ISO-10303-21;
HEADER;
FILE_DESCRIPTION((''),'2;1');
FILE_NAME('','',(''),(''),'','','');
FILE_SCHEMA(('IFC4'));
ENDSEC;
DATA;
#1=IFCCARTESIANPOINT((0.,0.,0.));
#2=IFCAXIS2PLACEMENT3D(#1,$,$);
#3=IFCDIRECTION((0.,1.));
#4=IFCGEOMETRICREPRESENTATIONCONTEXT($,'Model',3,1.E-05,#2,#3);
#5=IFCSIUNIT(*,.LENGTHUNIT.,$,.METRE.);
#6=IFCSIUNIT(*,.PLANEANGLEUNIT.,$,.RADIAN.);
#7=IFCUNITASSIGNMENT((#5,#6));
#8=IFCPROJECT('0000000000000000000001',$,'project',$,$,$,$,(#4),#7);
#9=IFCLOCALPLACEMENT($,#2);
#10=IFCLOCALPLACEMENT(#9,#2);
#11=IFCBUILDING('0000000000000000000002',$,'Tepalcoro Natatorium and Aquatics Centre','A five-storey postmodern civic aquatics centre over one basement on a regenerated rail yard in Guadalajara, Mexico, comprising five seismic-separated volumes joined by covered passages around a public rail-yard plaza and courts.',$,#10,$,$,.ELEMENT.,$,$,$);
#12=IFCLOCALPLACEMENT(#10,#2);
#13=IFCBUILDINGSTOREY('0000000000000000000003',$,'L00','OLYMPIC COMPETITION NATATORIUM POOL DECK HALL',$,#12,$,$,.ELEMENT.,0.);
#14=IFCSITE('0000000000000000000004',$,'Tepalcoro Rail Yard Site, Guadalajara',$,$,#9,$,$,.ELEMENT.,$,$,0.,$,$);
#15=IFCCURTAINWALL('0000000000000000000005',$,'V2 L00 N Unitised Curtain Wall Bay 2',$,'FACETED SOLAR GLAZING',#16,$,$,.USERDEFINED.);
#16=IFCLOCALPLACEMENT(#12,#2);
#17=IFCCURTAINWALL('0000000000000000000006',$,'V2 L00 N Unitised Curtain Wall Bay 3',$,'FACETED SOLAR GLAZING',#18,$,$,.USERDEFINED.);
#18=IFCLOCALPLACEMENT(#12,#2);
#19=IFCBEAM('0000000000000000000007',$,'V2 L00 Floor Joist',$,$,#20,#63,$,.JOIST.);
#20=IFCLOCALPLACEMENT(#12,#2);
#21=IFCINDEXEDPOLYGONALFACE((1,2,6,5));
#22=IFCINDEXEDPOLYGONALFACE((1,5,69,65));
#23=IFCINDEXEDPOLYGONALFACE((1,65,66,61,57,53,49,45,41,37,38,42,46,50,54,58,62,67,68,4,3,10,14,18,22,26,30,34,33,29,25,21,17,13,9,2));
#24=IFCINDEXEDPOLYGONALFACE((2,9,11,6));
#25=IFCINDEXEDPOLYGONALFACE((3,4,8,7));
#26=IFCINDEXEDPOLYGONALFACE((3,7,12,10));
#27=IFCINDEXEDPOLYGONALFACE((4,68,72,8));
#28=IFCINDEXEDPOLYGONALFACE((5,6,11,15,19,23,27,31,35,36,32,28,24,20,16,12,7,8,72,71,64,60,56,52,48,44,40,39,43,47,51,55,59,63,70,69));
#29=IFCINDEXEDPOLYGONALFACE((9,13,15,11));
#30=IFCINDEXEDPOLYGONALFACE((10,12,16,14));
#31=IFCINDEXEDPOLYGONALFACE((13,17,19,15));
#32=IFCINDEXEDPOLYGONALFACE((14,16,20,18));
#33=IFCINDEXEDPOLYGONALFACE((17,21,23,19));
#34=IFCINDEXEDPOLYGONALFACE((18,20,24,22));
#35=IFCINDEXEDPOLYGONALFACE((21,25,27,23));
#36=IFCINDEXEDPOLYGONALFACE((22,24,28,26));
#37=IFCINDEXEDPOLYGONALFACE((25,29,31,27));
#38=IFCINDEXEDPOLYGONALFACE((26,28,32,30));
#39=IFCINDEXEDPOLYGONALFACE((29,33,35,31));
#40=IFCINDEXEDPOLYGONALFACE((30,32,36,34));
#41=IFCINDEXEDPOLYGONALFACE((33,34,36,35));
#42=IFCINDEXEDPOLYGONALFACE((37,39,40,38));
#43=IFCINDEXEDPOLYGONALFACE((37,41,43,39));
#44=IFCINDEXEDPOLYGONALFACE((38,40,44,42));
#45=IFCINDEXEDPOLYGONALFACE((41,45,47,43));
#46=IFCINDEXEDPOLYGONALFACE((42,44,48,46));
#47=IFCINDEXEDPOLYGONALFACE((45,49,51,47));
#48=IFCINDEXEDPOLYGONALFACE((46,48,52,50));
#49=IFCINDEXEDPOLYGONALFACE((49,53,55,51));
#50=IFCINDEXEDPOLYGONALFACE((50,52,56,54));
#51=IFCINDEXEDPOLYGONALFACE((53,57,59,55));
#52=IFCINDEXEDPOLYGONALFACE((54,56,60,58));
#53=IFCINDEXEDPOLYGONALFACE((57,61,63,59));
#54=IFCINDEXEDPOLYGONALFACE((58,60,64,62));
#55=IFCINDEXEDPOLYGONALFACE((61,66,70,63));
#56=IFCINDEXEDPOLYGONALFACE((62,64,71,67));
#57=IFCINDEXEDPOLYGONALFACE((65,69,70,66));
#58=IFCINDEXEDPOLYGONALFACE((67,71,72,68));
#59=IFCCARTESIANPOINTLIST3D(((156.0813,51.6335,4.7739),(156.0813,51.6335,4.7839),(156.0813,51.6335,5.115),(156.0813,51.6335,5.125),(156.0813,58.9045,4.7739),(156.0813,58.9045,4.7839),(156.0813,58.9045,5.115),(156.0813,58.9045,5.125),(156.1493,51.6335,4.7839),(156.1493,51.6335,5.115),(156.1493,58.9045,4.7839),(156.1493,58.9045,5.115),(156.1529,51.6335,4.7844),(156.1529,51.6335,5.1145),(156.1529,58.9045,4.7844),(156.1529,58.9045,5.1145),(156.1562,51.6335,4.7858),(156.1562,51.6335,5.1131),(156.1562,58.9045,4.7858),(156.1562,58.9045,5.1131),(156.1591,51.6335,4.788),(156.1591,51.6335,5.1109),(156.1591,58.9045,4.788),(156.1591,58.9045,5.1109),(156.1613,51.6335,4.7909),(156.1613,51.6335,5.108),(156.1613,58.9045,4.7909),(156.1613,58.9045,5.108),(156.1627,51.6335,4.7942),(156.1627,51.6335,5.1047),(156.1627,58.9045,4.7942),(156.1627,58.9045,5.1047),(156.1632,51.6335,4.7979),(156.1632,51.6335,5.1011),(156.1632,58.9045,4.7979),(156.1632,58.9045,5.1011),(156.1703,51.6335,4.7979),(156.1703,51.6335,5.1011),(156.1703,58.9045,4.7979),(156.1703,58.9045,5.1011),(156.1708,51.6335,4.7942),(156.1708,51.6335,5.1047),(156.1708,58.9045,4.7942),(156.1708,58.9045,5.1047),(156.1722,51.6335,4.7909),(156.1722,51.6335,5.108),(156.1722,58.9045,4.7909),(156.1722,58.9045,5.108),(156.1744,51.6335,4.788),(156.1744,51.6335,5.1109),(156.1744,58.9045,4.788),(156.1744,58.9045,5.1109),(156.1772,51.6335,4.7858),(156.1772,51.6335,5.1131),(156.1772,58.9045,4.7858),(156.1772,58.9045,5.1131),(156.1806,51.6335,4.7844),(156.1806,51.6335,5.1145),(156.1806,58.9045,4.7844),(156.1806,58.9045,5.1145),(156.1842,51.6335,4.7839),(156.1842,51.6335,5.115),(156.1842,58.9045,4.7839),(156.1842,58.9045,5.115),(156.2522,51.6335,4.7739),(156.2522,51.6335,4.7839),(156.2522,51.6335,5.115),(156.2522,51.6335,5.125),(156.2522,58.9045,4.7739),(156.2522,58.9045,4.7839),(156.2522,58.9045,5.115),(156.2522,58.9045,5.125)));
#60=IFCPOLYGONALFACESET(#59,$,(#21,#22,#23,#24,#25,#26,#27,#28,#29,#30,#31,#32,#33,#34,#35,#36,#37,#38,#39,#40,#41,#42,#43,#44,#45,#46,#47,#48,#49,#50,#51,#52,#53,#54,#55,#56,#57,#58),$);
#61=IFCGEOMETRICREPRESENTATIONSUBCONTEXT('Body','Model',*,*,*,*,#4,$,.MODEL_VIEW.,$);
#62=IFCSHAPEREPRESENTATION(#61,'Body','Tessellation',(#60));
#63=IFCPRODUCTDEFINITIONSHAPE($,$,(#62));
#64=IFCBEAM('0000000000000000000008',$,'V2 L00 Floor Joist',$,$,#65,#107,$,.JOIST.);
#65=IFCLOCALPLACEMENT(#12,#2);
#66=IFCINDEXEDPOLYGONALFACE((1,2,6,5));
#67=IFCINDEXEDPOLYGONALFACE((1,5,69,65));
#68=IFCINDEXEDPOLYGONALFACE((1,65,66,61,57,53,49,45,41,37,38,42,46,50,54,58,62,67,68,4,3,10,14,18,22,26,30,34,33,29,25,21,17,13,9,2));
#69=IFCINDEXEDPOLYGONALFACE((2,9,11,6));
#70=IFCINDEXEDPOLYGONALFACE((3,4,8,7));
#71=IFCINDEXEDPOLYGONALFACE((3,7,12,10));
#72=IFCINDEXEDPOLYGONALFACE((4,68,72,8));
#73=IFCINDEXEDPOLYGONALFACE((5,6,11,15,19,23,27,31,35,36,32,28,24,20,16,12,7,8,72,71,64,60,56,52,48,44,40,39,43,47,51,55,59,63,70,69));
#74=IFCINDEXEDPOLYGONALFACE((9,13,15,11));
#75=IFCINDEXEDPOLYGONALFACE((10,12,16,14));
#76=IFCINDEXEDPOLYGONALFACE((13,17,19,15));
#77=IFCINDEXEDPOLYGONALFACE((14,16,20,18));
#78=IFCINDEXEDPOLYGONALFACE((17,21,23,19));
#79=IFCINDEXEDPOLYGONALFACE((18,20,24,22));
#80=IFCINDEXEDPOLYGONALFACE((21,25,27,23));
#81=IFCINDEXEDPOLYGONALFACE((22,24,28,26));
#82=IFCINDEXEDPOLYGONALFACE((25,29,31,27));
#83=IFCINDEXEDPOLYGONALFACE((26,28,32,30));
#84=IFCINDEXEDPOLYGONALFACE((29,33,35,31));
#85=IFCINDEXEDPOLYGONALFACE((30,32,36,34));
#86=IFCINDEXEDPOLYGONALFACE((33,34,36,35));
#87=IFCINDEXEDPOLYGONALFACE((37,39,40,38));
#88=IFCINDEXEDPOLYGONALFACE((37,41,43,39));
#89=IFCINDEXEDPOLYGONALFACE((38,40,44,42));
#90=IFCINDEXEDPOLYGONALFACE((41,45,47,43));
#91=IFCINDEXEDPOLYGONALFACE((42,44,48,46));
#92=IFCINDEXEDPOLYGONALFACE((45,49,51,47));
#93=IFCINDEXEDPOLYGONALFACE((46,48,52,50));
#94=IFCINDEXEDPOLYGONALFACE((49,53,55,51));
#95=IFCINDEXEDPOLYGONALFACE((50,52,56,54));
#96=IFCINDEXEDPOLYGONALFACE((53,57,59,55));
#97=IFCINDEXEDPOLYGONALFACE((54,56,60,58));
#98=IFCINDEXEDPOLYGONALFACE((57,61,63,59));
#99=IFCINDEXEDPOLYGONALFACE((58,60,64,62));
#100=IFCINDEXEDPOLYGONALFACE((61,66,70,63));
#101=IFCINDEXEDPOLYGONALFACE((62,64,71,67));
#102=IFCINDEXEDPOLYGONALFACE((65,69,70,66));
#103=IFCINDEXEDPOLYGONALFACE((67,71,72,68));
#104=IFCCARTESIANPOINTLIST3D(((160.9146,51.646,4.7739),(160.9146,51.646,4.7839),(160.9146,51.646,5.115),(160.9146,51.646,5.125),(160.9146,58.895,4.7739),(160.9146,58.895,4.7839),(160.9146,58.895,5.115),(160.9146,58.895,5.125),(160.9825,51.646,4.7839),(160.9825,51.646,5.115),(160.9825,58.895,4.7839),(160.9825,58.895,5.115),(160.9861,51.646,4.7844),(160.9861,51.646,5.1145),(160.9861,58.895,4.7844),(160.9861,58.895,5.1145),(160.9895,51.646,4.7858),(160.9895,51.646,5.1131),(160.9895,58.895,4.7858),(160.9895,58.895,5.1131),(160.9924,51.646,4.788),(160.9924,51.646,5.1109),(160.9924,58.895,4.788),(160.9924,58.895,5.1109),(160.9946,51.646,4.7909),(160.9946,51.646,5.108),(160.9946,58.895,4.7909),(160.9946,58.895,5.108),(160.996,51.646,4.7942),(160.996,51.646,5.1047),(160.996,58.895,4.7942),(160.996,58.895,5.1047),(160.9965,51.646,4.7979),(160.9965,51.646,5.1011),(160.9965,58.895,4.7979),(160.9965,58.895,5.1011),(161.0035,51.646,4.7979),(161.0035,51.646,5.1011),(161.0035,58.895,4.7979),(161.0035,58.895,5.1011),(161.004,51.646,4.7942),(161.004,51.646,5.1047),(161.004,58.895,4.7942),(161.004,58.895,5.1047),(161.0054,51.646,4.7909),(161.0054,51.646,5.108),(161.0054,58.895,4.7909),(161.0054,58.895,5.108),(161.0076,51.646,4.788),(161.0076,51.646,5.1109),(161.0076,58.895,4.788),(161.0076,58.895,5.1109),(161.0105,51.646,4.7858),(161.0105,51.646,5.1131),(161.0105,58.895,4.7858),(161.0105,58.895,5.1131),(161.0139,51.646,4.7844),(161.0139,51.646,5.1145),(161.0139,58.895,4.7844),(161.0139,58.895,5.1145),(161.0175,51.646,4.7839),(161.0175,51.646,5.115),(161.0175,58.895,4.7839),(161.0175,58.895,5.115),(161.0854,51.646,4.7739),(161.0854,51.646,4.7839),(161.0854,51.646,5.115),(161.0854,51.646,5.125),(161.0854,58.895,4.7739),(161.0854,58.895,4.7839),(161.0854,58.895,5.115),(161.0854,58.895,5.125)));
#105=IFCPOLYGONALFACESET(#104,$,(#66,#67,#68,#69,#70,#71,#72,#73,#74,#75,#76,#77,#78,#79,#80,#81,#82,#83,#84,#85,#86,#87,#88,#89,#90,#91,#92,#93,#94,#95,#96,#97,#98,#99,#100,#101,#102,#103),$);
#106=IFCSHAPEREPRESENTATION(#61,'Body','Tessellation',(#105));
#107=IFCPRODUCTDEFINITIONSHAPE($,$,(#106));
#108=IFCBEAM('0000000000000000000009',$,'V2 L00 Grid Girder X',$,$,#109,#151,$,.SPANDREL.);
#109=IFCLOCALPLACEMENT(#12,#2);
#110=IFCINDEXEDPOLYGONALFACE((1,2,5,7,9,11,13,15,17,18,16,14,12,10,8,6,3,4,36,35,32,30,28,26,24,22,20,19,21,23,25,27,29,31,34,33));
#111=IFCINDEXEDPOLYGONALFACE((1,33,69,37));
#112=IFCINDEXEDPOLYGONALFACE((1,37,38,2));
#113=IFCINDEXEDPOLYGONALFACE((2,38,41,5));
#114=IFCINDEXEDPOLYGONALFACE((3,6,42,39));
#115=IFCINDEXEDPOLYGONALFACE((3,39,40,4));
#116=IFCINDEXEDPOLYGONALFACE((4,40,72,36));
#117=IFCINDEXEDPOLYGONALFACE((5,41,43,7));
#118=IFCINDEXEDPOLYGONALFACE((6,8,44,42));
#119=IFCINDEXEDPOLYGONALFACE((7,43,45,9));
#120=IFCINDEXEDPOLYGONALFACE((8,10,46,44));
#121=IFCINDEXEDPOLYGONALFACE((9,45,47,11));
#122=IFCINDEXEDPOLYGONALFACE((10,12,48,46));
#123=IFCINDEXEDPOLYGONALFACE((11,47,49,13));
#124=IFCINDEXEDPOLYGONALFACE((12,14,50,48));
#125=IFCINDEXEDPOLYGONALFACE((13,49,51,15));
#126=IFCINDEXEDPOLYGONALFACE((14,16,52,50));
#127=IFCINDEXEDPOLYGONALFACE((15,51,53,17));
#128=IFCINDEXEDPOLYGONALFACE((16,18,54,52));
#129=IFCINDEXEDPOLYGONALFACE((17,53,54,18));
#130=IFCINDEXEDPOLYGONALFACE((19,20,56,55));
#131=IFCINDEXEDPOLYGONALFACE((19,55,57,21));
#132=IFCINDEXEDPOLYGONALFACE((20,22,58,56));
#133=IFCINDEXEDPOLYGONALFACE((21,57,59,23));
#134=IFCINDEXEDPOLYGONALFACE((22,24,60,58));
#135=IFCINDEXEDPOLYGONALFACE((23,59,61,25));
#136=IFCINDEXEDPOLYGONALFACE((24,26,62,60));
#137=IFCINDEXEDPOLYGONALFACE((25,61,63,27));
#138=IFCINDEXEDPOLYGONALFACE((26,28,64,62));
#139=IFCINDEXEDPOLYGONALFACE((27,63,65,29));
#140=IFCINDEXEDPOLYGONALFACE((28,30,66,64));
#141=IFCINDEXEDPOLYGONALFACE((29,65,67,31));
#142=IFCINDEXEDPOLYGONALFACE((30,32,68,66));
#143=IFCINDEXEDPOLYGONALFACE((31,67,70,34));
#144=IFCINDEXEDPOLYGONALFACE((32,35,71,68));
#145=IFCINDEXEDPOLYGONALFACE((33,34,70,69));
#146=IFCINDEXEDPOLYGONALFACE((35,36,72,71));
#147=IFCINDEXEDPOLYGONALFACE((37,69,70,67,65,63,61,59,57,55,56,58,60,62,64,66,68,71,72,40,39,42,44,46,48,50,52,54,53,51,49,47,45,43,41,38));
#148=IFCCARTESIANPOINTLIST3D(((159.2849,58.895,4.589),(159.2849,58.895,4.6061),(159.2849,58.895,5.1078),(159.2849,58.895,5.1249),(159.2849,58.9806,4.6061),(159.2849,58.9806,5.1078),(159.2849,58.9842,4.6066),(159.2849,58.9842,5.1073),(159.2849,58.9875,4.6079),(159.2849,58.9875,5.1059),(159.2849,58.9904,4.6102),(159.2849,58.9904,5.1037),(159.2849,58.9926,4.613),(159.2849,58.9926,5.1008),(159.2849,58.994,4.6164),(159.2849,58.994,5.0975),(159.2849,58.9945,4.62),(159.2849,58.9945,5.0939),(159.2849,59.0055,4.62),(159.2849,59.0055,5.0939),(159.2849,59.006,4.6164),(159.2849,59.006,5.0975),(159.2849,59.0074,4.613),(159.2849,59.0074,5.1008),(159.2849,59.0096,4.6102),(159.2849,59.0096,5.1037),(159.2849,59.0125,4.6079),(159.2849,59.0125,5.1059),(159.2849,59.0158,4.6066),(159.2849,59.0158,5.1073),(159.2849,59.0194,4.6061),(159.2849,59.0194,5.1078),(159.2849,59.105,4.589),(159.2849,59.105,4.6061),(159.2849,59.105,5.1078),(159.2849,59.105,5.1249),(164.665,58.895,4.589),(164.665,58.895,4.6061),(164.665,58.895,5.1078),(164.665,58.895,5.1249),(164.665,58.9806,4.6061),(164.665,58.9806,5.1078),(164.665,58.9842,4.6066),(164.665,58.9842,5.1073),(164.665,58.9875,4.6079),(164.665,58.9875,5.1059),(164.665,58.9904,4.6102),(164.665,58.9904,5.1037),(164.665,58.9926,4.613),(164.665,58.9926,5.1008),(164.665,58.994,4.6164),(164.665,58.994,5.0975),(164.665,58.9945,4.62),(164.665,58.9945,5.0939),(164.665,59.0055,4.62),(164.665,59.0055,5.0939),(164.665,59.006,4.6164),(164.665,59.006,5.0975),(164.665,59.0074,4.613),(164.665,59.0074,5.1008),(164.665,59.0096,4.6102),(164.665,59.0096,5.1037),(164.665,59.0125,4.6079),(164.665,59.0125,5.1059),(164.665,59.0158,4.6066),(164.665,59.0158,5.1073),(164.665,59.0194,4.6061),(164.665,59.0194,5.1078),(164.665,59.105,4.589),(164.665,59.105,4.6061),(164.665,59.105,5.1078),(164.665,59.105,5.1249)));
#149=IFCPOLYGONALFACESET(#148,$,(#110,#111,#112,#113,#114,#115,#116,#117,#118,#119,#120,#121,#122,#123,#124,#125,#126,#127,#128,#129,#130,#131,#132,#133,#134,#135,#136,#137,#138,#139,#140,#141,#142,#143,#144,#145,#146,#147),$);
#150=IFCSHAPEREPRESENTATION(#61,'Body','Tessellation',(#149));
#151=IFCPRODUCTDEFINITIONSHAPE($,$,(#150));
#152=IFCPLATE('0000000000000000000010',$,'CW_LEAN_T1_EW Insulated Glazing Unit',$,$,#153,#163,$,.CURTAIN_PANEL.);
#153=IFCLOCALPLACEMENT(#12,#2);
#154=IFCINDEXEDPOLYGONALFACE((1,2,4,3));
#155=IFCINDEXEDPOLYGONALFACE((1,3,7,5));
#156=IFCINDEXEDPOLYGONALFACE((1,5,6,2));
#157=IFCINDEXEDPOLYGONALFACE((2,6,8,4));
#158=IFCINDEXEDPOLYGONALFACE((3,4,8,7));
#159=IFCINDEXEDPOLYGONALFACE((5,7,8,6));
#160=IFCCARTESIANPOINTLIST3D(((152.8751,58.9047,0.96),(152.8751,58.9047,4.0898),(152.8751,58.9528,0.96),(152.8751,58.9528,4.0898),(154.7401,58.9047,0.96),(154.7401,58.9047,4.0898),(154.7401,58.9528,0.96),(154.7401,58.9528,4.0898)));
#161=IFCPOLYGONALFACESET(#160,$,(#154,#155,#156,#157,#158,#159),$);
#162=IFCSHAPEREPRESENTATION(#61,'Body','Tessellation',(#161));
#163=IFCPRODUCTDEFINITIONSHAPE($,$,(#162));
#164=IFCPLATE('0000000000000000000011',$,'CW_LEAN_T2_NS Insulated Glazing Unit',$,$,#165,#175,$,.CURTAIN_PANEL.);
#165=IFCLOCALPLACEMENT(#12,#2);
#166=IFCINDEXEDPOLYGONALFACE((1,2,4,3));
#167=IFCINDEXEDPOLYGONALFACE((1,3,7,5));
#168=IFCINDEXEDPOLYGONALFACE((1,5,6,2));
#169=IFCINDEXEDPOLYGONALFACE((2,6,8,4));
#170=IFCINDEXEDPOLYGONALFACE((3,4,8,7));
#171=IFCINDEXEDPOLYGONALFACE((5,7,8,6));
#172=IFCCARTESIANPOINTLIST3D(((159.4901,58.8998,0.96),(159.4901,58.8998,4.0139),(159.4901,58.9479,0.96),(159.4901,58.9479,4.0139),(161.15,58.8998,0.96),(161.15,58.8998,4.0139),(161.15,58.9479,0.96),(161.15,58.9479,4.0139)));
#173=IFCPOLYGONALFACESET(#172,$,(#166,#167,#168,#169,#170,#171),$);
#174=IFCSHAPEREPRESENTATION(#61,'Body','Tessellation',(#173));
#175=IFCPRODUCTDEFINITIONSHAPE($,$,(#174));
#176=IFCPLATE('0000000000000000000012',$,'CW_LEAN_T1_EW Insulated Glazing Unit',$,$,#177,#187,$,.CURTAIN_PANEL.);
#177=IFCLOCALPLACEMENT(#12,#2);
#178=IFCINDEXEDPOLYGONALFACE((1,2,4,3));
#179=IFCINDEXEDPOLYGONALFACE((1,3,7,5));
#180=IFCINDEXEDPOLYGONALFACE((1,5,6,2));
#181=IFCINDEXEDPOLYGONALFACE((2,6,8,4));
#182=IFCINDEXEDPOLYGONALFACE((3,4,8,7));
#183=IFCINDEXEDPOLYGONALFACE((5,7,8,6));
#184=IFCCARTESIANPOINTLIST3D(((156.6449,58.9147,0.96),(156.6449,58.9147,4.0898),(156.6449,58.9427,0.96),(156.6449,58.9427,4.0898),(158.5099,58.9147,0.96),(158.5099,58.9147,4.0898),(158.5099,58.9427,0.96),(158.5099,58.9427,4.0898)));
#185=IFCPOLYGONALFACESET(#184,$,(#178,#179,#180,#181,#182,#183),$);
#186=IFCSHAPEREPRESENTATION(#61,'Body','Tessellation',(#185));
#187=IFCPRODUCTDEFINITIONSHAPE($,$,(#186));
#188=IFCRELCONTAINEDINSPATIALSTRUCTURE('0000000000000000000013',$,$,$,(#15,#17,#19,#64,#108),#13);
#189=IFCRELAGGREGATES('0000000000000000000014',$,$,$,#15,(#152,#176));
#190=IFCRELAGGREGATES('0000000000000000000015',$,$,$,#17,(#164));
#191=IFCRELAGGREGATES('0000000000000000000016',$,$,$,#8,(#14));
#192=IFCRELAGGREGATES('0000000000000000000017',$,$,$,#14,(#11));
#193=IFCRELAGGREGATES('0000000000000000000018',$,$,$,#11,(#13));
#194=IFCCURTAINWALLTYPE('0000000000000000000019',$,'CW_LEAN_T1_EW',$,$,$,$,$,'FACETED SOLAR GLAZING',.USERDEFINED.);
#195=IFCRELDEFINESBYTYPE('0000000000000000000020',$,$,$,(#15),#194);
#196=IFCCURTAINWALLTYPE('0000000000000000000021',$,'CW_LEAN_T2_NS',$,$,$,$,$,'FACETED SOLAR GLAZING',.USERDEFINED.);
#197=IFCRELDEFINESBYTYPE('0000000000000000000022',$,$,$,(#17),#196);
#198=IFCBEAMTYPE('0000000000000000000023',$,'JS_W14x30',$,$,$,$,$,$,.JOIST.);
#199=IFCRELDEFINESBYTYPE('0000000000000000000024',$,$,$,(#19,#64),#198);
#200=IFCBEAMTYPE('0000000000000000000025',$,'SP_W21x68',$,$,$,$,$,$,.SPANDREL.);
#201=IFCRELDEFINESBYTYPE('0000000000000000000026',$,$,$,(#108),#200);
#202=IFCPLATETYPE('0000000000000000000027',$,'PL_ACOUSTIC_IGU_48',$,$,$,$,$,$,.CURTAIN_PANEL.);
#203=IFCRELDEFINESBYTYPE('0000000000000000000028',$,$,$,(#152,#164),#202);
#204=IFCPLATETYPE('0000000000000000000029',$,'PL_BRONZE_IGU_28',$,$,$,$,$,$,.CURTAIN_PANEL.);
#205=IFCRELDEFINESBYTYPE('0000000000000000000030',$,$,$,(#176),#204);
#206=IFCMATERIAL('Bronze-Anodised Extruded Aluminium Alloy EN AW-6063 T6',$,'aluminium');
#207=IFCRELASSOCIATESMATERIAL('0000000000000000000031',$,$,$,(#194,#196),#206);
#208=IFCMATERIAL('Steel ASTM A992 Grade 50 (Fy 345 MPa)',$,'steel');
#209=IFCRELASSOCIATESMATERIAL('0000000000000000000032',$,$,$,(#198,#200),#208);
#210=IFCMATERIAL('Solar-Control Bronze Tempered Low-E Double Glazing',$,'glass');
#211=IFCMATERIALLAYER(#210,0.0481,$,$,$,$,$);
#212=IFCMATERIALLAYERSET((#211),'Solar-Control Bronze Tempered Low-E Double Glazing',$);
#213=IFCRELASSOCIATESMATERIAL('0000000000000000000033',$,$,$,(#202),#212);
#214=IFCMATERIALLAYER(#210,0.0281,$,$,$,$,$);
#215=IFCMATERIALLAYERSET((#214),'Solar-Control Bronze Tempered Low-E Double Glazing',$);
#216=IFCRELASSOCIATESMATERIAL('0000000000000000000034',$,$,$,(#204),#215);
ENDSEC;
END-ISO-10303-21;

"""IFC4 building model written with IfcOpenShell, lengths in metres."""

from ifc_helpers import new_model, si_unit, direction, frame, origin, origin_2d, place, context, subcontext, project, spatial, rectangle, i_section, extrude, material, layer, layer_set, material_profile, profile_set, type_object, element, aggregate, save


model = new_model("IFC4")

# Units and contexts
model_context = context("Model", 3, precision=1e-05, world=origin(), true_north=direction((0.0, 1.0)))
body_context = subcontext(model_context, "Body", "Model", "MODEL_VIEW")
ifc_project = project(units=[si_unit("LENGTHUNIT", "METRE"), si_unit("PLANEANGLEUNIT", "RADIAN")], contexts=[model_context])

# Site, building, storey
site_placement = place(None, origin())
site = spatial("IfcSite", under=ifc_project, at=site_placement, Name="Tepalcoro Rail Yard Site, Guadalajara", CompositionType="ELEMENT", RefElevation=0.0)
building_placement = place(site_placement, origin())
building = spatial("IfcBuilding", under=site, at=building_placement, Name="Tepalcoro Natatorium and Aquatics Centre", Description="A five-storey postmodern civic aquatics centre over one basement on a regenerated rail yard in Guadalajara, Mexico, comprising five seismic-separated volumes joined by covered passages around a public rail-yard plaza and courts.", CompositionType="ELEMENT")
storey_placement = place(building_placement, origin())
storey = spatial("IfcBuildingStorey", under=building, at=storey_placement, Name="L00", Description="OLYMPIC COMPETITION NATATORIUM POOL DECK HALL", CompositionType="ELEMENT", Elevation=0.0)

# Shared definitions
ifc_material_1 = material(Name="Steel ASTM A992 Grade 50 (Fy 345 MPa)", Category="steel")

# Curtain walls
ifc_material_2 = material(Name="Bronze-Anodised Extruded Aluminium Alloy EN AW-6063 T6", Category="aluminium")
curtain_wall_type_1 = type_object("IfcCurtainWallType", Name="CW_LEAN_T1_EW", ElementType="FACETED SOLAR GLAZING", PredefinedType="USERDEFINED", material=ifc_material_2)
curtain_wall_1_placement = place(storey_placement, origin())
curtain_wall_1 = element("IfcCurtainWall", 1, at=curtain_wall_1_placement, inside=storey, type_object=curtain_wall_type_1, Name="V2 L00 N Unitised Curtain Wall Bay 2", ObjectType="FACETED SOLAR GLAZING", PredefinedType="USERDEFINED")
curtain_wall_type_2 = type_object("IfcCurtainWallType", Name="CW_LEAN_T2_NS", ElementType="FACETED SOLAR GLAZING", PredefinedType="USERDEFINED", material=ifc_material_2)
curtain_wall_2_placement = place(storey_placement, origin())
curtain_wall_2 = element("IfcCurtainWall", 2, at=curtain_wall_2_placement, inside=storey, type_object=curtain_wall_type_2, Name="V2 L00 N Unitised Curtain Wall Bay 3", ObjectType="FACETED SOLAR GLAZING", PredefinedType="USERDEFINED")

# Beams
ifc_material_profile_1 = material_profile(ifc_material_1, i_section(OverallWidth=0.1709, OverallDepth=0.3511, WebThickness=0.0071, FlangeThickness=0.01, FilletRadius=0.0139, at=origin_2d()), Name="W14X30")
ifc_profile_set_1 = profile_set([ifc_material_profile_1], Name="Steel ASTM A992 Grade 50 (Fy 345 MPa)")
beam_type_1 = type_object("IfcBeamType", Name="JS_W14x30", PredefinedType="JOIST", material=ifc_profile_set_1)
beam_1_placement = place(storey_placement, frame((156.1667, 51.6335, 4.9495), z_axis=(0.0, 1.0, 0.0), x_axis=(-1.0, 0.0, 0.0)))
element("IfcBeam", 3, at=beam_1_placement, inside=storey, type_object=beam_type_1, Name="V2 L00 Floor Joist", PredefinedType="JOIST", context=body_context, shape_type="SweptSolid", body=[
    extrude(i_section(OverallWidth=0.1709, OverallDepth=0.3511, WebThickness=0.0071, FlangeThickness=0.01, FilletRadius=0.0139, at=origin_2d()), origin(), (0.0, 0.0, 1.0), 7.271),
])
beam_2_placement = place(storey_placement, frame((161.0, 51.646, 4.9495), z_axis=(0.0, 1.0, 0.0), x_axis=(-1.0, 0.0, 0.0)))
element("IfcBeam", 4, at=beam_2_placement, inside=storey, type_object=beam_type_1, Name="V2 L00 Floor Joist", PredefinedType="JOIST", context=body_context, shape_type="SweptSolid", body=[
    extrude(i_section(OverallWidth=0.1709, OverallDepth=0.3511, WebThickness=0.0071, FlangeThickness=0.01, FilletRadius=0.0139, at=origin_2d()), origin(), (0.0, 0.0, 1.0), 7.249),
])
ifc_material_profile_2 = material_profile(ifc_material_1, i_section(OverallWidth=0.21, OverallDepth=0.5359, WebThickness=0.011, FlangeThickness=0.0171, FilletRadius=0.0139, at=origin_2d()), Name="W21X68")
ifc_profile_set_2 = profile_set([ifc_material_profile_2], Name="Steel ASTM A992 Grade 50 (Fy 345 MPa)")
beam_type_2 = type_object("IfcBeamType", Name="SP_W21x68", PredefinedType="SPANDREL", material=ifc_profile_set_2)
beam_3_placement = place(storey_placement, frame((159.2849, 59.0, 4.8569), z_axis=(1.0, 0.0, 0.0), x_axis=(0.0, 1.0, 0.0)))
element("IfcBeam", 5, at=beam_3_placement, inside=storey, type_object=beam_type_2, Name="V2 L00 Grid Girder X", PredefinedType="SPANDREL", context=body_context, shape_type="SweptSolid", body=[
    extrude(i_section(OverallWidth=0.21, OverallDepth=0.5359, WebThickness=0.011, FlangeThickness=0.0171, FilletRadius=0.0139, at=origin_2d()), origin(), (0.0, 0.0, 1.0), 5.3801),
])

# Plates
ifc_material_3 = material(Name="Solar-Control Bronze Tempered Low-E Double Glazing", Category="glass")
ifc_layer_1 = layer(ifc_material_3, 0.0481)
ifc_layer_set_1 = layer_set([ifc_layer_1], Name="Solar-Control Bronze Tempered Low-E Double Glazing")
plate_type_1 = type_object("IfcPlateType", Name="PL_ACOUSTIC_IGU_48", PredefinedType="CURTAIN_PANEL", material=ifc_layer_set_1)
plate_1_placement = place(storey_placement, frame((153.8076, 58.9287, 0.96), z_axis=(0.0, 0.0, 1.0), x_axis=(1.0, 0.0, 0.0)))
plate_1 = element("IfcPlate", 6, at=plate_1_placement, type_object=plate_type_1, Name="CW_LEAN_T1_EW Insulated Glazing Unit", PredefinedType="CURTAIN_PANEL", context=body_context, shape_type="SweptSolid", body=[
    extrude(rectangle(XDim=1.865, YDim=0.0481, at=origin_2d()), origin(), (0.0, 0.0, 1.0), 3.1299),
])
plate_2_placement = place(storey_placement, frame((160.3201, 58.9238, 0.96), z_axis=(0.0, 0.0, 1.0), x_axis=(1.0, 0.0, 0.0)))
plate_2 = element("IfcPlate", 7, at=plate_2_placement, type_object=plate_type_1, Name="CW_LEAN_T2_NS Insulated Glazing Unit", PredefinedType="CURTAIN_PANEL", context=body_context, shape_type="SweptSolid", body=[
    extrude(rectangle(XDim=1.6599, YDim=0.0481, at=origin_2d()), origin(), (0.0, 0.0, 1.0), 3.054),
])
ifc_layer_2 = layer(ifc_material_3, 0.0281)
ifc_layer_set_2 = layer_set([ifc_layer_2], Name="Solar-Control Bronze Tempered Low-E Double Glazing")
plate_type_2 = type_object("IfcPlateType", Name="PL_BRONZE_IGU_28", PredefinedType="CURTAIN_PANEL", material=ifc_layer_set_2)
plate_3_placement = place(storey_placement, frame((157.5774, 58.9287, 0.96), z_axis=(0.0, 0.0, 1.0), x_axis=(1.0, 0.0, 0.0)))
plate_3 = element("IfcPlate", 8, at=plate_3_placement, type_object=plate_type_2, Name="CW_LEAN_T1_EW Insulated Glazing Unit", PredefinedType="CURTAIN_PANEL", context=body_context, shape_type="SweptSolid", body=[
    extrude(rectangle(XDim=1.865, YDim=0.0281, at=origin_2d()), origin(), (0.0, 0.0, 1.0), 3.1299),
])
aggregate(curtain_wall_1, [plate_1, plate_3])
aggregate(curtain_wall_2, [plate_2])

save(model, "model.ifc")
